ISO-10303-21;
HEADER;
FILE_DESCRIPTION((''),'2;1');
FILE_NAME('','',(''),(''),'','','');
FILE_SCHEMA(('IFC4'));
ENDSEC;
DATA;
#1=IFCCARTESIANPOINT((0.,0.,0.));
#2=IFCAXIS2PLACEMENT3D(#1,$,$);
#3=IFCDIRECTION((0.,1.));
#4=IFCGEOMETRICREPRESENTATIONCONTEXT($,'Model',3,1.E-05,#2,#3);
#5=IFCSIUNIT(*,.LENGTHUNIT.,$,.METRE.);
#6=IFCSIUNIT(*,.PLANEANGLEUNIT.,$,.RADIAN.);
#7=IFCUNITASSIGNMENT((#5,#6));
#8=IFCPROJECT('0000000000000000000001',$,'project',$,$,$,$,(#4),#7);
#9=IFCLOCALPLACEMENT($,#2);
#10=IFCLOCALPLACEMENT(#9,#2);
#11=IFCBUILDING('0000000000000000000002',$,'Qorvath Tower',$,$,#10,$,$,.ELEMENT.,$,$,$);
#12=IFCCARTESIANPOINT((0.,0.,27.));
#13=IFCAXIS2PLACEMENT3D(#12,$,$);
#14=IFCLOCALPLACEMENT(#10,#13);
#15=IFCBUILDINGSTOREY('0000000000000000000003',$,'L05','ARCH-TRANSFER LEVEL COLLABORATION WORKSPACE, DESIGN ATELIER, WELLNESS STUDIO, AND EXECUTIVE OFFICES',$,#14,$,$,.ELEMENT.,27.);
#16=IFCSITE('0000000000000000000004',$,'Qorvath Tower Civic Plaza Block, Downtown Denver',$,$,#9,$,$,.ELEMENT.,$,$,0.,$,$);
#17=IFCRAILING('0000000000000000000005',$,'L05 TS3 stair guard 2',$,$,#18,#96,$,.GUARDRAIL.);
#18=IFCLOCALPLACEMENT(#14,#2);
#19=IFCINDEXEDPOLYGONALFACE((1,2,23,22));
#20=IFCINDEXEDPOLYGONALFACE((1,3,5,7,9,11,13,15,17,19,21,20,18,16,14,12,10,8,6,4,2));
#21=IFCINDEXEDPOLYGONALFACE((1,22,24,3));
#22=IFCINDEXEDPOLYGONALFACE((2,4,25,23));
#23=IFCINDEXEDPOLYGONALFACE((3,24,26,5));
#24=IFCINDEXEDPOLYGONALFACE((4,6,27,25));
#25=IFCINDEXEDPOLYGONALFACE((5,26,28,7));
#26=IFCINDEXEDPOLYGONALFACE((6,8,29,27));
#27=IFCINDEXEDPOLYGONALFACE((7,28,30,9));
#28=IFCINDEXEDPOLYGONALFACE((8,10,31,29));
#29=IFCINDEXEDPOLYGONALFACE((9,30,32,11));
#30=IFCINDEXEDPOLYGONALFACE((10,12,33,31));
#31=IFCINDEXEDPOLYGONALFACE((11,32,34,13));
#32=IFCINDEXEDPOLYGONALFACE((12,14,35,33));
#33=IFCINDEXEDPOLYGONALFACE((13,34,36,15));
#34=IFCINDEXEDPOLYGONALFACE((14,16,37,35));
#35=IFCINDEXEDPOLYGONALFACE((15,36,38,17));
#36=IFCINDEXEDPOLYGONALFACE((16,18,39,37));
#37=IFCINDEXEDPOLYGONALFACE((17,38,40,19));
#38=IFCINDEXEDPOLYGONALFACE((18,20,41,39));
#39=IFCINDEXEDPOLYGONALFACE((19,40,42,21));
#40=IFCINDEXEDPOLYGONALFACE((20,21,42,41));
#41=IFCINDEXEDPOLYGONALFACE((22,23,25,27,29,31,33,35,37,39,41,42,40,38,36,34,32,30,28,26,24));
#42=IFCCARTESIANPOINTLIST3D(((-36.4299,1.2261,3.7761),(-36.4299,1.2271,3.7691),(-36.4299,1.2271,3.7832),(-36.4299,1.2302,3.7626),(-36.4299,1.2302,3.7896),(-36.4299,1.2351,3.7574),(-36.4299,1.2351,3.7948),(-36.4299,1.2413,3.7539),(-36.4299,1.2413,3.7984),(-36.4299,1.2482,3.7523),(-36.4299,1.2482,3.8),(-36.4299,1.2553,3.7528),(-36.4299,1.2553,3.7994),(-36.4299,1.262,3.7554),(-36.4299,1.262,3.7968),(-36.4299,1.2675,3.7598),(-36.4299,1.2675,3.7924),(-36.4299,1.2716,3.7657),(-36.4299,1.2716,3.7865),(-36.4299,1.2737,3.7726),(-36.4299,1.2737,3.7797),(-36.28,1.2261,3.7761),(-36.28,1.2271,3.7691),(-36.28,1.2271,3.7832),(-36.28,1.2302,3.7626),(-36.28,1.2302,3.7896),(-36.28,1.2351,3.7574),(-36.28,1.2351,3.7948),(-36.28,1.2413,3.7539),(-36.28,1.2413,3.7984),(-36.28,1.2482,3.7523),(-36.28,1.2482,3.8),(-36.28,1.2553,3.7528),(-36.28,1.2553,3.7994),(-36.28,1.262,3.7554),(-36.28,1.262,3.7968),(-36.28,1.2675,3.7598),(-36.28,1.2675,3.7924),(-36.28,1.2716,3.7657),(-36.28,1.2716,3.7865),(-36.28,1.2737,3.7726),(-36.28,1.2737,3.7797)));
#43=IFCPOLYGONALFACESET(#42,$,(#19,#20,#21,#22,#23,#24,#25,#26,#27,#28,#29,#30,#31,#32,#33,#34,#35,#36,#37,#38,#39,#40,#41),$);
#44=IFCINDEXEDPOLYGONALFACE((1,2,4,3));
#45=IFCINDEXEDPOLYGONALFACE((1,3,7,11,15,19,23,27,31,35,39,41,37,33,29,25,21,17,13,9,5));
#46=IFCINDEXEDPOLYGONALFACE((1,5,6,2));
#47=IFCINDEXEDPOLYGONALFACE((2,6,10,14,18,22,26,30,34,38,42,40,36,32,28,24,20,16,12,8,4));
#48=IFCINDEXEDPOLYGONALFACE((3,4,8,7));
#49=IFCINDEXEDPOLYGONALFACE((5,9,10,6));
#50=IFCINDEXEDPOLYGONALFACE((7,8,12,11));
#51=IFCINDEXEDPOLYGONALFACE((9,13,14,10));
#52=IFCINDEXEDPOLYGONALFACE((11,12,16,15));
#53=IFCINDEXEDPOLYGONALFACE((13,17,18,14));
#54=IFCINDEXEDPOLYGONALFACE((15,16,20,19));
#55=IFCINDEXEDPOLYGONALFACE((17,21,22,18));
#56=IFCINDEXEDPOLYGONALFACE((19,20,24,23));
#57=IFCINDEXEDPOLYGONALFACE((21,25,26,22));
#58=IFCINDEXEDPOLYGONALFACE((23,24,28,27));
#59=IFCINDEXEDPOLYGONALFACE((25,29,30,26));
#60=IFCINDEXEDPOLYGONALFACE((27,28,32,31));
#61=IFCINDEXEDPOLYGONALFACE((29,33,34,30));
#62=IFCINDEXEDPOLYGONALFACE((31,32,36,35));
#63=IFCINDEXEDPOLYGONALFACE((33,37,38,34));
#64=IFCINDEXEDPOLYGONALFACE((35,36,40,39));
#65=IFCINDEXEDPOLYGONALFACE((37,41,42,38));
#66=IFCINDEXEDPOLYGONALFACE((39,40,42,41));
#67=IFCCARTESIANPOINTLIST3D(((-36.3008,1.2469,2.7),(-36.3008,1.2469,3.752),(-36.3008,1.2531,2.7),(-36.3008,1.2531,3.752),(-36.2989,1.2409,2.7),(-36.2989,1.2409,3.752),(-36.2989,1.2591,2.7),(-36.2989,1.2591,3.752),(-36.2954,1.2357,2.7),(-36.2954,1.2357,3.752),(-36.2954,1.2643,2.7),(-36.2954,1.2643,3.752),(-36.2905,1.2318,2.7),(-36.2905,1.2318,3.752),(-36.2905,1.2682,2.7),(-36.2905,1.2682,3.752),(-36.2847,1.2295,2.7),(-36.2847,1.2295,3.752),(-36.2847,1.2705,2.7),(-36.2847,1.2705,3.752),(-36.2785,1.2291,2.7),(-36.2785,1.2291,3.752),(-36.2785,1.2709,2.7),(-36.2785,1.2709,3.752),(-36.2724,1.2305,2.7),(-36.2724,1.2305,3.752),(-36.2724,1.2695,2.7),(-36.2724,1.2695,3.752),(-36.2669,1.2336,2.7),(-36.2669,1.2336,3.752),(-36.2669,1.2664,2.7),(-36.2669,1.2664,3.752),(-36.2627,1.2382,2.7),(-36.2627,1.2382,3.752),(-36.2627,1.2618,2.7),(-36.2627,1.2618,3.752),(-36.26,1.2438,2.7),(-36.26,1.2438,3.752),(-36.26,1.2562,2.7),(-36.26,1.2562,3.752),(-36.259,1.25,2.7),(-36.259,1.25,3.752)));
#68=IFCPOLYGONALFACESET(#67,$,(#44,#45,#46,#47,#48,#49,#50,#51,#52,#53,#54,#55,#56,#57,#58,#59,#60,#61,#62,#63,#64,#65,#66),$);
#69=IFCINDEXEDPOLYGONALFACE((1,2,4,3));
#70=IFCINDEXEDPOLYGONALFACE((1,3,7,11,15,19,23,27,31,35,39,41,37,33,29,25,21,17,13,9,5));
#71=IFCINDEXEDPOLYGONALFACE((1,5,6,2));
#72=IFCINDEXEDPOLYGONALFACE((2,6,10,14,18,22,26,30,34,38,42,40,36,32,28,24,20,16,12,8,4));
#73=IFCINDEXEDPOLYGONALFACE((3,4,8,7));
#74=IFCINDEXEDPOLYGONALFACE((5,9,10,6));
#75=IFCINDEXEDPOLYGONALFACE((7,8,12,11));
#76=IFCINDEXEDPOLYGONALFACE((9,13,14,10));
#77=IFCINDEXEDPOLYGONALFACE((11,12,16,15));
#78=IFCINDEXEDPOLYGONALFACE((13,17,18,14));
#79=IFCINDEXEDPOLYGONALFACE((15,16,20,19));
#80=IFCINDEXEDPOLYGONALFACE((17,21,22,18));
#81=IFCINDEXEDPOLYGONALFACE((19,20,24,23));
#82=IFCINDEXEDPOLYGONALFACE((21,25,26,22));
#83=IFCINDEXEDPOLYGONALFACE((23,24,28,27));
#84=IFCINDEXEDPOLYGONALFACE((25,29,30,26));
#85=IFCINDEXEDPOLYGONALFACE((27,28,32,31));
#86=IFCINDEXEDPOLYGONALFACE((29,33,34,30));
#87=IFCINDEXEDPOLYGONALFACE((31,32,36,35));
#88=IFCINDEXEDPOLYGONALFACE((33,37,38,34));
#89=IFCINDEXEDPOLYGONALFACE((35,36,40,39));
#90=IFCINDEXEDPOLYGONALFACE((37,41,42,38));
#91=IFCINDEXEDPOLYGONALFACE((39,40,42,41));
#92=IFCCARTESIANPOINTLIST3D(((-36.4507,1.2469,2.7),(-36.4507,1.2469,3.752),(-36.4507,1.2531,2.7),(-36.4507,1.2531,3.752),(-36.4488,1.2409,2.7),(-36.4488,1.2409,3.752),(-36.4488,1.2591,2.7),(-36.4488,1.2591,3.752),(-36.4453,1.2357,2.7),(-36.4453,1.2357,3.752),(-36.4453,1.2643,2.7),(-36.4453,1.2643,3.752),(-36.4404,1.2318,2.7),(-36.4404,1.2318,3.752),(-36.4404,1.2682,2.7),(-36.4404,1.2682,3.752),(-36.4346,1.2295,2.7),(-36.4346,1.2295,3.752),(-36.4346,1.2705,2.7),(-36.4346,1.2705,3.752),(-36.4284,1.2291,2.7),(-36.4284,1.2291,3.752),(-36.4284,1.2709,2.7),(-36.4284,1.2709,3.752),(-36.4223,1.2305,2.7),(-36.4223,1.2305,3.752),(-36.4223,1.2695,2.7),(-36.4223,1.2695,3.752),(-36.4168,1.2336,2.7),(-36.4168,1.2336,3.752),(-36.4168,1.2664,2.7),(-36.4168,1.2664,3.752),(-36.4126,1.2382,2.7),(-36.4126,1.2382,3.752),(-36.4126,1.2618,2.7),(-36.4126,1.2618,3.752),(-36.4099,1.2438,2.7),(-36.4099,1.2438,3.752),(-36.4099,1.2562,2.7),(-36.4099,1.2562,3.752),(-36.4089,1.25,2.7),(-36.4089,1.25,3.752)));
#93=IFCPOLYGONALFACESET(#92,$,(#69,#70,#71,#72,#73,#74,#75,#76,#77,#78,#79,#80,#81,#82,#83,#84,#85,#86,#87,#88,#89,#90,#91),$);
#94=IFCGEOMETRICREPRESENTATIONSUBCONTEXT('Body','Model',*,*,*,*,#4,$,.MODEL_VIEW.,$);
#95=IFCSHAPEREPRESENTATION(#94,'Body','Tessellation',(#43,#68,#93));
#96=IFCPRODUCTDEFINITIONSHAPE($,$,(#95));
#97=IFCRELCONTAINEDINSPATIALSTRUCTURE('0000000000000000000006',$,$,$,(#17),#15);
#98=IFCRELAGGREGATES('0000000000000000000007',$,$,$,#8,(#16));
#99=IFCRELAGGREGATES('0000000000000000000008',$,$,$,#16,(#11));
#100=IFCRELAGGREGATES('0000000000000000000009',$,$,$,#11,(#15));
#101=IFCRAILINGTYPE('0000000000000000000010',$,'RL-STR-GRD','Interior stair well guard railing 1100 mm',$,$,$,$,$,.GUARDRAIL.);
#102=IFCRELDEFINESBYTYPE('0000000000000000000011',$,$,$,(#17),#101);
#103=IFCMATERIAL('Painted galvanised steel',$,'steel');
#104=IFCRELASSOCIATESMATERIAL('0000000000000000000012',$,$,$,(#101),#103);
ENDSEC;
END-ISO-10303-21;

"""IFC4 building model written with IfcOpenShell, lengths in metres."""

from ifc_helpers import new_model, si_unit, direction, frame, origin, origin_2d, place, context, subcontext, project, spatial, circle, extrude, material, type_object, element, save


model = new_model("IFC4")

# Units and contexts
model_context = context("Model", 3, precision=1e-05, world=origin(), true_north=direction((0.0, 1.0)))
body_context = subcontext(model_context, "Body", "Model", "MODEL_VIEW")
ifc_project = project(units=[si_unit("LENGTHUNIT", "METRE"), si_unit("PLANEANGLEUNIT", "RADIAN")], contexts=[model_context])

# Site, building, storey
site_placement = place(None, origin())
site = spatial("IfcSite", under=ifc_project, at=site_placement, Name="Qorvath Tower Civic Plaza Block, Downtown Denver", CompositionType="ELEMENT", RefElevation=0.0)
building_placement = place(site_placement, origin())
building = spatial("IfcBuilding", under=site, at=building_placement, Name="Qorvath Tower", CompositionType="ELEMENT")
storey_placement = place(building_placement, frame((0.0, 0.0, 27.0)))
storey = spatial("IfcBuildingStorey", under=building, at=storey_placement, Name="L05", Description="ARCH-TRANSFER LEVEL COLLABORATION WORKSPACE, DESIGN ATELIER, WELLNESS STUDIO, AND EXECUTIVE OFFICES", CompositionType="ELEMENT", Elevation=27.0)

# Railing
ifc_material_1 = material(Name="Painted galvanised steel", Category="steel")
railing_type_1 = type_object("IfcRailingType", Name="RL-STR-GRD", Description="Interior stair well guard railing 1100 mm", PredefinedType="GUARDRAIL", material=ifc_material_1)
railing_1_placement = place(storey_placement, frame((-36.28, 1.25, 2.7)))
element("IfcRailing", 1, at=railing_1_placement, inside=storey, type_object=railing_type_1, Name="L05 TS3 stair guard 2", PredefinedType="GUARDRAIL", context=body_context, shape_type="SweptSolid", body=[
    extrude(circle(Radius=0.0239, at=origin_2d()), frame((0.0, 0.0, 1.0762), z_axis=(-1.0, 0.0, 0.0), x_axis=(0.0, -1.0, 0.0)), (0.0, 0.0, 1.0), 0.1499),
    extrude(circle(Radius=0.021, at=origin_2d()), origin(), (0.0, 0.0, 1.0), 1.052),
    extrude(circle(Radius=0.021, at=origin_2d()), frame((-0.1499, 0.0, 0.0)), (0.0, 0.0, 1.0), 1.052),
])

save(model, "model.ifc")
